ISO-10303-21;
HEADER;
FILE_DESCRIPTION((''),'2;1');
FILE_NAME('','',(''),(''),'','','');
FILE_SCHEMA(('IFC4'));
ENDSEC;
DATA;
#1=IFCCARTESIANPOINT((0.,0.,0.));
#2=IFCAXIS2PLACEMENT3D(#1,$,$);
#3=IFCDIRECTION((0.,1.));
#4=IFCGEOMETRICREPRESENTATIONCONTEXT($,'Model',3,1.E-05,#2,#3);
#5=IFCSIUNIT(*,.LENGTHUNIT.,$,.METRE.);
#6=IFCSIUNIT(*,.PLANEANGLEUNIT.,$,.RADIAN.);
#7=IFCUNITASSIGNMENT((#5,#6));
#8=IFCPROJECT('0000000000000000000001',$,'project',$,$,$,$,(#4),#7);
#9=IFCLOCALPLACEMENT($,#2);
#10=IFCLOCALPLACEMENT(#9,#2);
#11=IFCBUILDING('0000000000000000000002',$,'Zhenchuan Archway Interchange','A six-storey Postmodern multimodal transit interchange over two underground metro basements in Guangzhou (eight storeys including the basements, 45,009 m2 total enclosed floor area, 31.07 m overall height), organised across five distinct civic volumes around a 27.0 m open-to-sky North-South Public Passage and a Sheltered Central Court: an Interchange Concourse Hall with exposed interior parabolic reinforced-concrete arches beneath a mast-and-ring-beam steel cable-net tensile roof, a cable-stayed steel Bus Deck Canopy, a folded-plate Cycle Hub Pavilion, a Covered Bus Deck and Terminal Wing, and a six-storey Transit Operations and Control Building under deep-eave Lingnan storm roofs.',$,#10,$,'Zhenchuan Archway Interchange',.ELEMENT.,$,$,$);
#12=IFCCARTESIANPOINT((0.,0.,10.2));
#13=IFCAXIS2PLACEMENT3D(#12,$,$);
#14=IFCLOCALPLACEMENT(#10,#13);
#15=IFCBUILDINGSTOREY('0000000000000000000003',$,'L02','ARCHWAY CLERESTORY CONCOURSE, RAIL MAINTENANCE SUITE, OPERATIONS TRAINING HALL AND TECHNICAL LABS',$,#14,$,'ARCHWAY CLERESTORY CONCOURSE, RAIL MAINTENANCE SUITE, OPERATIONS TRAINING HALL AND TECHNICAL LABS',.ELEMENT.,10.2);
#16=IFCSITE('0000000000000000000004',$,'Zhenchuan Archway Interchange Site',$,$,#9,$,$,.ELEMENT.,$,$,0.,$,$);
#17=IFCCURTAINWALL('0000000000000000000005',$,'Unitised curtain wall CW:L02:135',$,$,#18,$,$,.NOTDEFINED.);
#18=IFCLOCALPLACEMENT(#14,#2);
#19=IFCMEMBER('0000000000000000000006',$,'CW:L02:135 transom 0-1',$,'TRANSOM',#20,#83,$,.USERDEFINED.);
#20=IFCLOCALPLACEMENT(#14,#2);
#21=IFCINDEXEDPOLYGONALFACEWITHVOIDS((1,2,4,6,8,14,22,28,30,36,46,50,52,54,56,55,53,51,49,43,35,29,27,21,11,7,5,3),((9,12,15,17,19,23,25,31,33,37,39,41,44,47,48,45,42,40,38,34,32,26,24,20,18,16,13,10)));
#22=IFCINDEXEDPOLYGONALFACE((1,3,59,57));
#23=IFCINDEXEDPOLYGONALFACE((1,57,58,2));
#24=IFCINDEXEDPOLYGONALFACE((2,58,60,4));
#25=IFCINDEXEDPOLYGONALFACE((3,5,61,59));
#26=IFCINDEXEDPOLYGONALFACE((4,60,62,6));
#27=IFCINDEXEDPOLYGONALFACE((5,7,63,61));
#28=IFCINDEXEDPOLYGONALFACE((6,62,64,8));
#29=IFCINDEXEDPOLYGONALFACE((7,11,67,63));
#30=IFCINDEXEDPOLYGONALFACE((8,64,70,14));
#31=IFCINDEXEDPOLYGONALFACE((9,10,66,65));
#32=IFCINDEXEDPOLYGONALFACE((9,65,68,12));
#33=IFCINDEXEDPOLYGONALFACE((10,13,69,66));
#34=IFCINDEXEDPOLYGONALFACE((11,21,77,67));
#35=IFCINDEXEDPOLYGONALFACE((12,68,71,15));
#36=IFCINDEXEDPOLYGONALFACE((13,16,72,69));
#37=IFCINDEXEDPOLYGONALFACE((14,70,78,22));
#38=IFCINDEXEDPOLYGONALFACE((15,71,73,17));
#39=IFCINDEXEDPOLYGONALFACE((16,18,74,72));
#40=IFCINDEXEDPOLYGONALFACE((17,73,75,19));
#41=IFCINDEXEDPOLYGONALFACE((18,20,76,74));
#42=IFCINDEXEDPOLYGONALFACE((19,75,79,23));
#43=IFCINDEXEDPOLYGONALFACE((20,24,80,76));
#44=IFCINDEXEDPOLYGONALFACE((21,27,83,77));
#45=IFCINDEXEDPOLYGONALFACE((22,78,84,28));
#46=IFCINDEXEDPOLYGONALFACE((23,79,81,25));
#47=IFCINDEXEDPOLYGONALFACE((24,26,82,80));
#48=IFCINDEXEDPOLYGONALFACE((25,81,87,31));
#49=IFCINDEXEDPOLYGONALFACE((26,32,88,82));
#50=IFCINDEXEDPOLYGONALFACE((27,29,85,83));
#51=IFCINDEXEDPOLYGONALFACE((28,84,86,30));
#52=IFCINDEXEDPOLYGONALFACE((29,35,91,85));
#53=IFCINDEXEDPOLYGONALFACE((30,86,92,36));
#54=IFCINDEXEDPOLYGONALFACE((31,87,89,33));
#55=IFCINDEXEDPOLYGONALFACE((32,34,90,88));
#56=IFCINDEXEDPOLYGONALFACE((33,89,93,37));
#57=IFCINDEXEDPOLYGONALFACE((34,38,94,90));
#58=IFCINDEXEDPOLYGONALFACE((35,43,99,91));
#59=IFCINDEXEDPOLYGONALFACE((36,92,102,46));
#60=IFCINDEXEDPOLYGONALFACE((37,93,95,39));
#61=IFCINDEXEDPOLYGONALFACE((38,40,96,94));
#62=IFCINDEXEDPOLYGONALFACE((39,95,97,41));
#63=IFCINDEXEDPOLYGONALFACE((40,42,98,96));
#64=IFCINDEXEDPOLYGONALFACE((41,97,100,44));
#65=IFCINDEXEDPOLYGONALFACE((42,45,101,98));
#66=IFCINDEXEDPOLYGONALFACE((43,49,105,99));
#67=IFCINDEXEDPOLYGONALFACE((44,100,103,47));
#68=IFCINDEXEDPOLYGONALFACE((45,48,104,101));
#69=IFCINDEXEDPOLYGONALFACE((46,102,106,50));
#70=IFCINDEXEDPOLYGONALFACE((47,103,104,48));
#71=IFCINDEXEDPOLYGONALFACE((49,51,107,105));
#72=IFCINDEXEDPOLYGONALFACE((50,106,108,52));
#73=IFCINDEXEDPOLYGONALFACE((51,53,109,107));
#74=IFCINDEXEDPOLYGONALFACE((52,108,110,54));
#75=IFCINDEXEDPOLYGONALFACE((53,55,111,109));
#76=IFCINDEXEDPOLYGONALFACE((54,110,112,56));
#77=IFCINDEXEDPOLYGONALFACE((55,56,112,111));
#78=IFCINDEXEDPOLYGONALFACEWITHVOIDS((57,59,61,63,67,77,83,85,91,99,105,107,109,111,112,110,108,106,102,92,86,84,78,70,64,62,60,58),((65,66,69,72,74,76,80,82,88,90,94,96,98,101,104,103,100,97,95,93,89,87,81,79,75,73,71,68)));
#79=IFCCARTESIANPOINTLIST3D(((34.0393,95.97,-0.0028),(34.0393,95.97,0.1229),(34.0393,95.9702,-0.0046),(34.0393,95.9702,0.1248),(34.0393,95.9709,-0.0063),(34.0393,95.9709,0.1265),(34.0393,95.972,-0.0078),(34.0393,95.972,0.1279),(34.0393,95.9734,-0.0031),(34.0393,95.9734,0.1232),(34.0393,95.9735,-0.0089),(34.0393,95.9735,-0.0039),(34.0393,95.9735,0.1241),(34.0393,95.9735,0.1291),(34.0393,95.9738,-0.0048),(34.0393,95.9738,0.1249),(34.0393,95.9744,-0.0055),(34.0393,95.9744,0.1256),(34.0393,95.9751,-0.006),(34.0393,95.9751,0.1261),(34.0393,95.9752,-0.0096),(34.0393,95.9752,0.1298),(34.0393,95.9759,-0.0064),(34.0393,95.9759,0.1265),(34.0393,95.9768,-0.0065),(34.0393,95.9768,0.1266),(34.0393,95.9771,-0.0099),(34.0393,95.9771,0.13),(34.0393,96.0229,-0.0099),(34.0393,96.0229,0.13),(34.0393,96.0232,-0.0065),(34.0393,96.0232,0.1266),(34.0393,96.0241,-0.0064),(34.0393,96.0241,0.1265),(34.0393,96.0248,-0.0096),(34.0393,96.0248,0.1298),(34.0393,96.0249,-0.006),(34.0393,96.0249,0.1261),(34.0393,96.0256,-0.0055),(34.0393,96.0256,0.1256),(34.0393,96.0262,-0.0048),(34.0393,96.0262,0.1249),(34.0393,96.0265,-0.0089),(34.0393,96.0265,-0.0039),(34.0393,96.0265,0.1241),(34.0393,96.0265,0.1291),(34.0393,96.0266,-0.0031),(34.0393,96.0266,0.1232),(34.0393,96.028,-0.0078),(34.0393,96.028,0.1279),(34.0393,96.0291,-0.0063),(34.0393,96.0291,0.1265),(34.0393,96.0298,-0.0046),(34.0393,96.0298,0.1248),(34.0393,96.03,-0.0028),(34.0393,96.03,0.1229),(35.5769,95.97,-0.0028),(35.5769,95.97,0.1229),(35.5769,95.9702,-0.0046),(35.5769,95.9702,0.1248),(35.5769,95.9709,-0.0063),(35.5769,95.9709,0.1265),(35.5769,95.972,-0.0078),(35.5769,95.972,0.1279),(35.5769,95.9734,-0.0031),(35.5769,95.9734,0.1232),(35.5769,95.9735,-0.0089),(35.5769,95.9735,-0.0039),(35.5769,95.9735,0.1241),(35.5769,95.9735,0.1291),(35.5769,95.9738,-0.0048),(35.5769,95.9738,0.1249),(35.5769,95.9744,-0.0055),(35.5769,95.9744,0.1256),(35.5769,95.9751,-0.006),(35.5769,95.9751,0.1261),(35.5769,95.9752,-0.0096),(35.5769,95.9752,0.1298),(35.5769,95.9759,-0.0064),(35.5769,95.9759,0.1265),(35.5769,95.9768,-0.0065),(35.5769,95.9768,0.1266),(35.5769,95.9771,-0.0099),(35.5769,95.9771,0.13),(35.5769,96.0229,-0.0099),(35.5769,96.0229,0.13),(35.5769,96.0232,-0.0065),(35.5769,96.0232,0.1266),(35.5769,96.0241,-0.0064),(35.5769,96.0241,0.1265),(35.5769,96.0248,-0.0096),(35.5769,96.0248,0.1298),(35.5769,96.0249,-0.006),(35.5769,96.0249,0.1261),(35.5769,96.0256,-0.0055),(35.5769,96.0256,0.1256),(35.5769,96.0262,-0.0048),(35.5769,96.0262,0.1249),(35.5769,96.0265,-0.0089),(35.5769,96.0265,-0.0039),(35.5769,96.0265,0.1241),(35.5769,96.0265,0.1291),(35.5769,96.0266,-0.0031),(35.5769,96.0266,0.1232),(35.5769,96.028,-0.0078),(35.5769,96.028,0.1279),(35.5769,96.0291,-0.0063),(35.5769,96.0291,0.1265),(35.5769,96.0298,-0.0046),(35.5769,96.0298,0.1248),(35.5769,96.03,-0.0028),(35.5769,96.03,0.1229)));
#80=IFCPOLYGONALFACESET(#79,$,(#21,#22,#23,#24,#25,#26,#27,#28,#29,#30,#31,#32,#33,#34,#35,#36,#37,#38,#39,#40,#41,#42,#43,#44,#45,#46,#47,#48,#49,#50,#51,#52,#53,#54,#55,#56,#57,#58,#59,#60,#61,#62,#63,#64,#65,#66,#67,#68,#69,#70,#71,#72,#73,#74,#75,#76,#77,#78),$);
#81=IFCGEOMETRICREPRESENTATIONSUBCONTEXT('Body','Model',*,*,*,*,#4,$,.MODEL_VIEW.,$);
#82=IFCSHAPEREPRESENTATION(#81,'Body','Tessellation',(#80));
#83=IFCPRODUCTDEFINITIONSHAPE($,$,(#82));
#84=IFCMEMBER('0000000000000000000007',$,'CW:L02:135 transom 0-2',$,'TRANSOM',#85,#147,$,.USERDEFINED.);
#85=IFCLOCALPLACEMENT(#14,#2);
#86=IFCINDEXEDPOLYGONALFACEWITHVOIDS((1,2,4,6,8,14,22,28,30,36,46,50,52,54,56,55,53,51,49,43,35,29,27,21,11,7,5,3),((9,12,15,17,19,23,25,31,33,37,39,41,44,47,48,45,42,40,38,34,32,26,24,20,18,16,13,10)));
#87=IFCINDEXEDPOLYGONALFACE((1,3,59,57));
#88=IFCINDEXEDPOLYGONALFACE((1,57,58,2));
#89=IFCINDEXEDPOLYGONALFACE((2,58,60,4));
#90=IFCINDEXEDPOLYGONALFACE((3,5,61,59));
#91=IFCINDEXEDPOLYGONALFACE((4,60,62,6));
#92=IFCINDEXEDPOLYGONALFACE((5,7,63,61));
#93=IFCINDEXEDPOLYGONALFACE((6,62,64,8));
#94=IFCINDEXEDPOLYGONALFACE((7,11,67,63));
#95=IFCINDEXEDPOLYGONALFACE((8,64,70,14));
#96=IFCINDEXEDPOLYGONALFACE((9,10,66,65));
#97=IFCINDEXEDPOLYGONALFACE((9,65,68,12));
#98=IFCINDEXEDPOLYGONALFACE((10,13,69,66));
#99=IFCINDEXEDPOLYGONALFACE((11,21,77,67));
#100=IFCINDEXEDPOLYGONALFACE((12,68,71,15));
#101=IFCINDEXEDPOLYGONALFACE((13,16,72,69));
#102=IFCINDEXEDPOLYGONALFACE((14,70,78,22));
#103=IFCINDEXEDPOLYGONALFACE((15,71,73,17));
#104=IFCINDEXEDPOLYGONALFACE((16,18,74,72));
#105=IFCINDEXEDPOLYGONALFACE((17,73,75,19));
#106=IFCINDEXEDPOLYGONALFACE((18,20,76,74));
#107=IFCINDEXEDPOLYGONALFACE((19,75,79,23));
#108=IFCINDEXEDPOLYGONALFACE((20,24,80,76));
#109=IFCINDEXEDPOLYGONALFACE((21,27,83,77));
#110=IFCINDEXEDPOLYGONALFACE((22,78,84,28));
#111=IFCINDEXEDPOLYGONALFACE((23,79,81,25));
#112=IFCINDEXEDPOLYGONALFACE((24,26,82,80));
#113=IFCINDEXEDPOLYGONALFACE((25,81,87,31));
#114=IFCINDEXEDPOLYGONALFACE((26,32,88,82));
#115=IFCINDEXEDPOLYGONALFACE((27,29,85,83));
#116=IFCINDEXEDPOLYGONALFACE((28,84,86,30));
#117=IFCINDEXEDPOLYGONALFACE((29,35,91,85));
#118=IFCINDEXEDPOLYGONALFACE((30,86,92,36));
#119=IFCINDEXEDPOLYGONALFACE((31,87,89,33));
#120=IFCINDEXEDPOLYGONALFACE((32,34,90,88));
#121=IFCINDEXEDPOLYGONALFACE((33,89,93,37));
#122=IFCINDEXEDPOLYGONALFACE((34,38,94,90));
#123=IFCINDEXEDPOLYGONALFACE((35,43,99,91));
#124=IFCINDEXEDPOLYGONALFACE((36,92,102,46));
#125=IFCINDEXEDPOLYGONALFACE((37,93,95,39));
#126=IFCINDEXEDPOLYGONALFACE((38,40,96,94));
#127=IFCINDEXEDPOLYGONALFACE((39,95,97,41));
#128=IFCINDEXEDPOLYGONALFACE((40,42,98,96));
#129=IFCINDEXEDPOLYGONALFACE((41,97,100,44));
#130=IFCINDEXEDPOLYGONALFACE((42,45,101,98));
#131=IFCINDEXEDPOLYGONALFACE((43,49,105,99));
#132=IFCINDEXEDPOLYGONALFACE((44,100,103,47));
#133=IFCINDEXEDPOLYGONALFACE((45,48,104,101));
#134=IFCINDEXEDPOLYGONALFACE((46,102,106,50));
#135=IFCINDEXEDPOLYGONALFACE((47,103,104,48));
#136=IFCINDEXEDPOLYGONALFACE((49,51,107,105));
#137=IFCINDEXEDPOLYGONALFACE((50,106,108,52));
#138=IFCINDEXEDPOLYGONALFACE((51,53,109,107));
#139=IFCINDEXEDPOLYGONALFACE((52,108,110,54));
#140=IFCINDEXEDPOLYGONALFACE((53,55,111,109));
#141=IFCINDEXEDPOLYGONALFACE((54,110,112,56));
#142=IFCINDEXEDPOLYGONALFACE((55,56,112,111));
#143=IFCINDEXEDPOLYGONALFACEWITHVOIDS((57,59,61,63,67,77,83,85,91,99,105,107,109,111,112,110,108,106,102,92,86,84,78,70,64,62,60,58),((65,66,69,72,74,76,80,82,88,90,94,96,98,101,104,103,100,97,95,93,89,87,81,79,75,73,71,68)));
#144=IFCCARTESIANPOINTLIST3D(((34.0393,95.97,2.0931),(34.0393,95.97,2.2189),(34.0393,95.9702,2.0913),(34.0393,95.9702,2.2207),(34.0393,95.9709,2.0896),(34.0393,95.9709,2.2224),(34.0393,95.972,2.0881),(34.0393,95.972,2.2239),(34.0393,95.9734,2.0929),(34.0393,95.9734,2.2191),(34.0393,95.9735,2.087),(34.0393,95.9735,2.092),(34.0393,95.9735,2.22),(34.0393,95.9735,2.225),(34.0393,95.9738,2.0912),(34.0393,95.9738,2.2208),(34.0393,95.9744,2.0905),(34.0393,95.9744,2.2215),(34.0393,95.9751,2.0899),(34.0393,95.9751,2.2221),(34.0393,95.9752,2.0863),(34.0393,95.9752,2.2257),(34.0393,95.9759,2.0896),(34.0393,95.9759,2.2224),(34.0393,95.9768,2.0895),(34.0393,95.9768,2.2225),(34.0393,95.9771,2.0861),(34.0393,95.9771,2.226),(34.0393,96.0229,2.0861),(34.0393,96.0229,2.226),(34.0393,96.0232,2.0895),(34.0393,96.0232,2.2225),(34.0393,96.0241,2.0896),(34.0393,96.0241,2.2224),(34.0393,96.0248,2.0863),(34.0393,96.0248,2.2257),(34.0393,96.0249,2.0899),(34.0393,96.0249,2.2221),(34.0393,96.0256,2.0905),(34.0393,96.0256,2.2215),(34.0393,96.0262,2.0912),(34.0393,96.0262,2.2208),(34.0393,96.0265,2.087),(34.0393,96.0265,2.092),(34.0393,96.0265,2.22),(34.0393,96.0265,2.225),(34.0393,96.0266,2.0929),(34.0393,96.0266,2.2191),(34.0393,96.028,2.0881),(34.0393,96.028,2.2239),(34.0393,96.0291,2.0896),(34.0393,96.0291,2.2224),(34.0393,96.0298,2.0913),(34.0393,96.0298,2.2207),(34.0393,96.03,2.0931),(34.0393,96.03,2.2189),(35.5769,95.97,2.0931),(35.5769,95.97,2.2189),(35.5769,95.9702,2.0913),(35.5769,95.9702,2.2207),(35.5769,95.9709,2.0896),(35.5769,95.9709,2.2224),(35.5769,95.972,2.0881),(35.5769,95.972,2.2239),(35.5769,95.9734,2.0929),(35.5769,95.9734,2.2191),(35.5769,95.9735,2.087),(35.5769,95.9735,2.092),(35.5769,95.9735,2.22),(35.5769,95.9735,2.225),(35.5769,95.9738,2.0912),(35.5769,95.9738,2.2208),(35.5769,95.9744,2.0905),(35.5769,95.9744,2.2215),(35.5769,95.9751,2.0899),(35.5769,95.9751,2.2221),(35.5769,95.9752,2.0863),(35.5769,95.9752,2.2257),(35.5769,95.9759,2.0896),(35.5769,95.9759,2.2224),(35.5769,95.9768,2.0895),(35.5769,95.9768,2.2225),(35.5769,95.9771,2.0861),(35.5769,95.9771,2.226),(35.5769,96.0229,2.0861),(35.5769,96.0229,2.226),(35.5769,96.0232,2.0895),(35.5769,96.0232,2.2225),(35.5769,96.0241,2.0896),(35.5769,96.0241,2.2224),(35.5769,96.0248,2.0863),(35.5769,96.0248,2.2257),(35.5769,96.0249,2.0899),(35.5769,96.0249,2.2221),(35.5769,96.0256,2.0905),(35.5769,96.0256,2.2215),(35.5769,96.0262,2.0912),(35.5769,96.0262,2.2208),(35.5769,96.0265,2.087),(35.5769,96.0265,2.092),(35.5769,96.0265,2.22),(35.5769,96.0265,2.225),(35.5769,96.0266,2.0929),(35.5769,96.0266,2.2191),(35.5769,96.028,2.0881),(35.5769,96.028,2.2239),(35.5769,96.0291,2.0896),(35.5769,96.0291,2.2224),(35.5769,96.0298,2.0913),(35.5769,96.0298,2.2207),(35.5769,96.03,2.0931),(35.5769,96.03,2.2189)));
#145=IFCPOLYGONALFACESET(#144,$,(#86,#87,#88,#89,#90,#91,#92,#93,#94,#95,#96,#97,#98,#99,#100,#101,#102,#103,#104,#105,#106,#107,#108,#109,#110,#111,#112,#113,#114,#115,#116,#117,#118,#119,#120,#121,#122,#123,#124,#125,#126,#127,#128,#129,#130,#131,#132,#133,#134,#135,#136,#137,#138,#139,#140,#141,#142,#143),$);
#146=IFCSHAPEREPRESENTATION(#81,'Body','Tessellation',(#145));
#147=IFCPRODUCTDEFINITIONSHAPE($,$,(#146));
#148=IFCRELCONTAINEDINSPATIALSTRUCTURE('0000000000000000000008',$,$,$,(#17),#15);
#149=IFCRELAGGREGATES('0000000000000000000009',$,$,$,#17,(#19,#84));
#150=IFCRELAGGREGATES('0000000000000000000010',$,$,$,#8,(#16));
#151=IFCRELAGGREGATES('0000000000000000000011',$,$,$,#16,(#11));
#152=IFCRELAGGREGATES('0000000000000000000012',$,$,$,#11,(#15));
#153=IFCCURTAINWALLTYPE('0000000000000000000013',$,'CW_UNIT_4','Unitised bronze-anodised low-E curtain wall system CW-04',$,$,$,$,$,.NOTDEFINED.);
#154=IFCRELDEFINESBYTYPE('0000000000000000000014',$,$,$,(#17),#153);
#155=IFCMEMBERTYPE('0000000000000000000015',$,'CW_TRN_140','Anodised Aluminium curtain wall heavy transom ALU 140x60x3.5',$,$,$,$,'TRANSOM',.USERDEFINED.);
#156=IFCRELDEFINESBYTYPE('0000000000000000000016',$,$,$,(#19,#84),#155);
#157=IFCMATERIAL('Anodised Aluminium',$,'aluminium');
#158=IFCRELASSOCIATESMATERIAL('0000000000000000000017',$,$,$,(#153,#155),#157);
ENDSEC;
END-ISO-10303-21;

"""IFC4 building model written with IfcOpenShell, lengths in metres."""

from ifc_helpers import new_model, si_unit, direction, frame, origin, origin_2d, place, context, subcontext, project, spatial, hollow_rectangle, extrude, material, material_profile, profile_set, type_object, element, aggregate, save


model = new_model("IFC4")

# Units and contexts
model_context = context("Model", 3, precision=1e-05, world=origin(), true_north=direction((0.0, 1.0)))
body_context = subcontext(model_context, "Body", "Model", "MODEL_VIEW")
ifc_project = project(units=[si_unit("LENGTHUNIT", "METRE"), si_unit("PLANEANGLEUNIT", "RADIAN")], contexts=[model_context])

# Site, building, storey
site_placement = place(None, origin())
site = spatial("IfcSite", under=ifc_project, at=site_placement, Name="Zhenchuan Archway Interchange Site", CompositionType="ELEMENT", RefElevation=0.0)
building_placement = place(site_placement, origin())
building = spatial("IfcBuilding", under=site, at=building_placement, Name="Zhenchuan Archway Interchange", Description="A six-storey Postmodern multimodal transit interchange over two underground metro basements in Guangzhou (eight storeys including the basements, 45,009 m2 total enclosed floor area, 31.07 m overall height), organised across five distinct civic volumes around a 27.0 m open-to-sky North-South Public Passage and a Sheltered Central Court: an Interchange Concourse Hall with exposed interior parabolic reinforced-concrete arches beneath a mast-and-ring-beam steel cable-net tensile roof, a cable-stayed steel Bus Deck Canopy, a folded-plate Cycle Hub Pavilion, a Covered Bus Deck and Terminal Wing, and a six-storey Transit Operations and Control Building under deep-eave Lingnan storm roofs.", LongName="Zhenchuan Archway Interchange", CompositionType="ELEMENT")
storey_placement = place(building_placement, frame((0.0, 0.0, 10.2)))
storey = spatial("IfcBuildingStorey", under=building, at=storey_placement, Name="L02", Description="ARCHWAY CLERESTORY CONCOURSE, RAIL MAINTENANCE SUITE, OPERATIONS TRAINING HALL AND TECHNICAL LABS", LongName="ARCHWAY CLERESTORY CONCOURSE, RAIL MAINTENANCE SUITE, OPERATIONS TRAINING HALL AND TECHNICAL LABS", CompositionType="ELEMENT", Elevation=10.2)

# Curtain wall, members
ifc_material_1 = material(Name="Anodised Aluminium", Category="aluminium")
curtain_wall_type = type_object("IfcCurtainWallType", Name="CW_UNIT_4", Description="Unitised bronze-anodised low-E curtain wall system CW-04", PredefinedType="NOTDEFINED", material=ifc_material_1)
curtain_wall_placement = place(storey_placement, origin())
curtain_wall = element("IfcCurtainWall", 1, at=curtain_wall_placement, inside=storey, type_object=curtain_wall_type, Name="Unitised curtain wall CW:L02:135", PredefinedType="NOTDEFINED")
ifc_material_profile_1 = material_profile(ifc_material_1, hollow_rectangle(XDim=0.0601, YDim=0.1399, WallThickness=0.0034, InnerFilletRadius=0.0034, OuterFilletRadius=0.0071, at=origin_2d()), Name="ALU 140x60x3.5")
ifc_profile_set_1 = profile_set([ifc_material_profile_1], Name="Anodised Aluminium")
member_type_1 = type_object("IfcMemberType", Name="CW_TRN_140", Description="Anodised Aluminium curtain wall heavy transom ALU 140x60x3.5", ElementType="TRANSOM", PredefinedType="USERDEFINED", material=ifc_profile_set_1)
member_1_placement = place(storey_placement, frame((35.5769, 96.0, 0.0601), z_axis=(-1.0, 0.0, 0.0), x_axis=(0.0, -1.0, 0.0)))
member_1 = element("IfcMember", 2, at=member_1_placement, type_object=member_type_1, Name="CW:L02:135 transom 0-1", ObjectType="TRANSOM", PredefinedType="USERDEFINED", context=body_context, shape_type="SweptSolid", body=[
    extrude(hollow_rectangle(XDim=0.0601, YDim=0.1399, WallThickness=0.0034, InnerFilletRadius=0.0034, OuterFilletRadius=0.0071, at=origin_2d()), origin(), (0.0, 0.0, 1.0), 1.5376),
])
member_2_placement = place(storey_placement, frame((35.5769, 96.0, 2.156), z_axis=(-1.0, 0.0, 0.0), x_axis=(0.0, -1.0, 0.0)))
member_2 = element("IfcMember", 3, at=member_2_placement, type_object=member_type_1, Name="CW:L02:135 transom 0-2", ObjectType="TRANSOM", PredefinedType="USERDEFINED", context=body_context, shape_type="SweptSolid", body=[
    extrude(hollow_rectangle(XDim=0.0601, YDim=0.1399, WallThickness=0.0034, InnerFilletRadius=0.0034, OuterFilletRadius=0.0071, at=origin_2d()), origin(), (0.0, 0.0, 1.0), 1.5376),
])
aggregate(curtain_wall, [member_1, member_2])

save(model, "model.ifc")
